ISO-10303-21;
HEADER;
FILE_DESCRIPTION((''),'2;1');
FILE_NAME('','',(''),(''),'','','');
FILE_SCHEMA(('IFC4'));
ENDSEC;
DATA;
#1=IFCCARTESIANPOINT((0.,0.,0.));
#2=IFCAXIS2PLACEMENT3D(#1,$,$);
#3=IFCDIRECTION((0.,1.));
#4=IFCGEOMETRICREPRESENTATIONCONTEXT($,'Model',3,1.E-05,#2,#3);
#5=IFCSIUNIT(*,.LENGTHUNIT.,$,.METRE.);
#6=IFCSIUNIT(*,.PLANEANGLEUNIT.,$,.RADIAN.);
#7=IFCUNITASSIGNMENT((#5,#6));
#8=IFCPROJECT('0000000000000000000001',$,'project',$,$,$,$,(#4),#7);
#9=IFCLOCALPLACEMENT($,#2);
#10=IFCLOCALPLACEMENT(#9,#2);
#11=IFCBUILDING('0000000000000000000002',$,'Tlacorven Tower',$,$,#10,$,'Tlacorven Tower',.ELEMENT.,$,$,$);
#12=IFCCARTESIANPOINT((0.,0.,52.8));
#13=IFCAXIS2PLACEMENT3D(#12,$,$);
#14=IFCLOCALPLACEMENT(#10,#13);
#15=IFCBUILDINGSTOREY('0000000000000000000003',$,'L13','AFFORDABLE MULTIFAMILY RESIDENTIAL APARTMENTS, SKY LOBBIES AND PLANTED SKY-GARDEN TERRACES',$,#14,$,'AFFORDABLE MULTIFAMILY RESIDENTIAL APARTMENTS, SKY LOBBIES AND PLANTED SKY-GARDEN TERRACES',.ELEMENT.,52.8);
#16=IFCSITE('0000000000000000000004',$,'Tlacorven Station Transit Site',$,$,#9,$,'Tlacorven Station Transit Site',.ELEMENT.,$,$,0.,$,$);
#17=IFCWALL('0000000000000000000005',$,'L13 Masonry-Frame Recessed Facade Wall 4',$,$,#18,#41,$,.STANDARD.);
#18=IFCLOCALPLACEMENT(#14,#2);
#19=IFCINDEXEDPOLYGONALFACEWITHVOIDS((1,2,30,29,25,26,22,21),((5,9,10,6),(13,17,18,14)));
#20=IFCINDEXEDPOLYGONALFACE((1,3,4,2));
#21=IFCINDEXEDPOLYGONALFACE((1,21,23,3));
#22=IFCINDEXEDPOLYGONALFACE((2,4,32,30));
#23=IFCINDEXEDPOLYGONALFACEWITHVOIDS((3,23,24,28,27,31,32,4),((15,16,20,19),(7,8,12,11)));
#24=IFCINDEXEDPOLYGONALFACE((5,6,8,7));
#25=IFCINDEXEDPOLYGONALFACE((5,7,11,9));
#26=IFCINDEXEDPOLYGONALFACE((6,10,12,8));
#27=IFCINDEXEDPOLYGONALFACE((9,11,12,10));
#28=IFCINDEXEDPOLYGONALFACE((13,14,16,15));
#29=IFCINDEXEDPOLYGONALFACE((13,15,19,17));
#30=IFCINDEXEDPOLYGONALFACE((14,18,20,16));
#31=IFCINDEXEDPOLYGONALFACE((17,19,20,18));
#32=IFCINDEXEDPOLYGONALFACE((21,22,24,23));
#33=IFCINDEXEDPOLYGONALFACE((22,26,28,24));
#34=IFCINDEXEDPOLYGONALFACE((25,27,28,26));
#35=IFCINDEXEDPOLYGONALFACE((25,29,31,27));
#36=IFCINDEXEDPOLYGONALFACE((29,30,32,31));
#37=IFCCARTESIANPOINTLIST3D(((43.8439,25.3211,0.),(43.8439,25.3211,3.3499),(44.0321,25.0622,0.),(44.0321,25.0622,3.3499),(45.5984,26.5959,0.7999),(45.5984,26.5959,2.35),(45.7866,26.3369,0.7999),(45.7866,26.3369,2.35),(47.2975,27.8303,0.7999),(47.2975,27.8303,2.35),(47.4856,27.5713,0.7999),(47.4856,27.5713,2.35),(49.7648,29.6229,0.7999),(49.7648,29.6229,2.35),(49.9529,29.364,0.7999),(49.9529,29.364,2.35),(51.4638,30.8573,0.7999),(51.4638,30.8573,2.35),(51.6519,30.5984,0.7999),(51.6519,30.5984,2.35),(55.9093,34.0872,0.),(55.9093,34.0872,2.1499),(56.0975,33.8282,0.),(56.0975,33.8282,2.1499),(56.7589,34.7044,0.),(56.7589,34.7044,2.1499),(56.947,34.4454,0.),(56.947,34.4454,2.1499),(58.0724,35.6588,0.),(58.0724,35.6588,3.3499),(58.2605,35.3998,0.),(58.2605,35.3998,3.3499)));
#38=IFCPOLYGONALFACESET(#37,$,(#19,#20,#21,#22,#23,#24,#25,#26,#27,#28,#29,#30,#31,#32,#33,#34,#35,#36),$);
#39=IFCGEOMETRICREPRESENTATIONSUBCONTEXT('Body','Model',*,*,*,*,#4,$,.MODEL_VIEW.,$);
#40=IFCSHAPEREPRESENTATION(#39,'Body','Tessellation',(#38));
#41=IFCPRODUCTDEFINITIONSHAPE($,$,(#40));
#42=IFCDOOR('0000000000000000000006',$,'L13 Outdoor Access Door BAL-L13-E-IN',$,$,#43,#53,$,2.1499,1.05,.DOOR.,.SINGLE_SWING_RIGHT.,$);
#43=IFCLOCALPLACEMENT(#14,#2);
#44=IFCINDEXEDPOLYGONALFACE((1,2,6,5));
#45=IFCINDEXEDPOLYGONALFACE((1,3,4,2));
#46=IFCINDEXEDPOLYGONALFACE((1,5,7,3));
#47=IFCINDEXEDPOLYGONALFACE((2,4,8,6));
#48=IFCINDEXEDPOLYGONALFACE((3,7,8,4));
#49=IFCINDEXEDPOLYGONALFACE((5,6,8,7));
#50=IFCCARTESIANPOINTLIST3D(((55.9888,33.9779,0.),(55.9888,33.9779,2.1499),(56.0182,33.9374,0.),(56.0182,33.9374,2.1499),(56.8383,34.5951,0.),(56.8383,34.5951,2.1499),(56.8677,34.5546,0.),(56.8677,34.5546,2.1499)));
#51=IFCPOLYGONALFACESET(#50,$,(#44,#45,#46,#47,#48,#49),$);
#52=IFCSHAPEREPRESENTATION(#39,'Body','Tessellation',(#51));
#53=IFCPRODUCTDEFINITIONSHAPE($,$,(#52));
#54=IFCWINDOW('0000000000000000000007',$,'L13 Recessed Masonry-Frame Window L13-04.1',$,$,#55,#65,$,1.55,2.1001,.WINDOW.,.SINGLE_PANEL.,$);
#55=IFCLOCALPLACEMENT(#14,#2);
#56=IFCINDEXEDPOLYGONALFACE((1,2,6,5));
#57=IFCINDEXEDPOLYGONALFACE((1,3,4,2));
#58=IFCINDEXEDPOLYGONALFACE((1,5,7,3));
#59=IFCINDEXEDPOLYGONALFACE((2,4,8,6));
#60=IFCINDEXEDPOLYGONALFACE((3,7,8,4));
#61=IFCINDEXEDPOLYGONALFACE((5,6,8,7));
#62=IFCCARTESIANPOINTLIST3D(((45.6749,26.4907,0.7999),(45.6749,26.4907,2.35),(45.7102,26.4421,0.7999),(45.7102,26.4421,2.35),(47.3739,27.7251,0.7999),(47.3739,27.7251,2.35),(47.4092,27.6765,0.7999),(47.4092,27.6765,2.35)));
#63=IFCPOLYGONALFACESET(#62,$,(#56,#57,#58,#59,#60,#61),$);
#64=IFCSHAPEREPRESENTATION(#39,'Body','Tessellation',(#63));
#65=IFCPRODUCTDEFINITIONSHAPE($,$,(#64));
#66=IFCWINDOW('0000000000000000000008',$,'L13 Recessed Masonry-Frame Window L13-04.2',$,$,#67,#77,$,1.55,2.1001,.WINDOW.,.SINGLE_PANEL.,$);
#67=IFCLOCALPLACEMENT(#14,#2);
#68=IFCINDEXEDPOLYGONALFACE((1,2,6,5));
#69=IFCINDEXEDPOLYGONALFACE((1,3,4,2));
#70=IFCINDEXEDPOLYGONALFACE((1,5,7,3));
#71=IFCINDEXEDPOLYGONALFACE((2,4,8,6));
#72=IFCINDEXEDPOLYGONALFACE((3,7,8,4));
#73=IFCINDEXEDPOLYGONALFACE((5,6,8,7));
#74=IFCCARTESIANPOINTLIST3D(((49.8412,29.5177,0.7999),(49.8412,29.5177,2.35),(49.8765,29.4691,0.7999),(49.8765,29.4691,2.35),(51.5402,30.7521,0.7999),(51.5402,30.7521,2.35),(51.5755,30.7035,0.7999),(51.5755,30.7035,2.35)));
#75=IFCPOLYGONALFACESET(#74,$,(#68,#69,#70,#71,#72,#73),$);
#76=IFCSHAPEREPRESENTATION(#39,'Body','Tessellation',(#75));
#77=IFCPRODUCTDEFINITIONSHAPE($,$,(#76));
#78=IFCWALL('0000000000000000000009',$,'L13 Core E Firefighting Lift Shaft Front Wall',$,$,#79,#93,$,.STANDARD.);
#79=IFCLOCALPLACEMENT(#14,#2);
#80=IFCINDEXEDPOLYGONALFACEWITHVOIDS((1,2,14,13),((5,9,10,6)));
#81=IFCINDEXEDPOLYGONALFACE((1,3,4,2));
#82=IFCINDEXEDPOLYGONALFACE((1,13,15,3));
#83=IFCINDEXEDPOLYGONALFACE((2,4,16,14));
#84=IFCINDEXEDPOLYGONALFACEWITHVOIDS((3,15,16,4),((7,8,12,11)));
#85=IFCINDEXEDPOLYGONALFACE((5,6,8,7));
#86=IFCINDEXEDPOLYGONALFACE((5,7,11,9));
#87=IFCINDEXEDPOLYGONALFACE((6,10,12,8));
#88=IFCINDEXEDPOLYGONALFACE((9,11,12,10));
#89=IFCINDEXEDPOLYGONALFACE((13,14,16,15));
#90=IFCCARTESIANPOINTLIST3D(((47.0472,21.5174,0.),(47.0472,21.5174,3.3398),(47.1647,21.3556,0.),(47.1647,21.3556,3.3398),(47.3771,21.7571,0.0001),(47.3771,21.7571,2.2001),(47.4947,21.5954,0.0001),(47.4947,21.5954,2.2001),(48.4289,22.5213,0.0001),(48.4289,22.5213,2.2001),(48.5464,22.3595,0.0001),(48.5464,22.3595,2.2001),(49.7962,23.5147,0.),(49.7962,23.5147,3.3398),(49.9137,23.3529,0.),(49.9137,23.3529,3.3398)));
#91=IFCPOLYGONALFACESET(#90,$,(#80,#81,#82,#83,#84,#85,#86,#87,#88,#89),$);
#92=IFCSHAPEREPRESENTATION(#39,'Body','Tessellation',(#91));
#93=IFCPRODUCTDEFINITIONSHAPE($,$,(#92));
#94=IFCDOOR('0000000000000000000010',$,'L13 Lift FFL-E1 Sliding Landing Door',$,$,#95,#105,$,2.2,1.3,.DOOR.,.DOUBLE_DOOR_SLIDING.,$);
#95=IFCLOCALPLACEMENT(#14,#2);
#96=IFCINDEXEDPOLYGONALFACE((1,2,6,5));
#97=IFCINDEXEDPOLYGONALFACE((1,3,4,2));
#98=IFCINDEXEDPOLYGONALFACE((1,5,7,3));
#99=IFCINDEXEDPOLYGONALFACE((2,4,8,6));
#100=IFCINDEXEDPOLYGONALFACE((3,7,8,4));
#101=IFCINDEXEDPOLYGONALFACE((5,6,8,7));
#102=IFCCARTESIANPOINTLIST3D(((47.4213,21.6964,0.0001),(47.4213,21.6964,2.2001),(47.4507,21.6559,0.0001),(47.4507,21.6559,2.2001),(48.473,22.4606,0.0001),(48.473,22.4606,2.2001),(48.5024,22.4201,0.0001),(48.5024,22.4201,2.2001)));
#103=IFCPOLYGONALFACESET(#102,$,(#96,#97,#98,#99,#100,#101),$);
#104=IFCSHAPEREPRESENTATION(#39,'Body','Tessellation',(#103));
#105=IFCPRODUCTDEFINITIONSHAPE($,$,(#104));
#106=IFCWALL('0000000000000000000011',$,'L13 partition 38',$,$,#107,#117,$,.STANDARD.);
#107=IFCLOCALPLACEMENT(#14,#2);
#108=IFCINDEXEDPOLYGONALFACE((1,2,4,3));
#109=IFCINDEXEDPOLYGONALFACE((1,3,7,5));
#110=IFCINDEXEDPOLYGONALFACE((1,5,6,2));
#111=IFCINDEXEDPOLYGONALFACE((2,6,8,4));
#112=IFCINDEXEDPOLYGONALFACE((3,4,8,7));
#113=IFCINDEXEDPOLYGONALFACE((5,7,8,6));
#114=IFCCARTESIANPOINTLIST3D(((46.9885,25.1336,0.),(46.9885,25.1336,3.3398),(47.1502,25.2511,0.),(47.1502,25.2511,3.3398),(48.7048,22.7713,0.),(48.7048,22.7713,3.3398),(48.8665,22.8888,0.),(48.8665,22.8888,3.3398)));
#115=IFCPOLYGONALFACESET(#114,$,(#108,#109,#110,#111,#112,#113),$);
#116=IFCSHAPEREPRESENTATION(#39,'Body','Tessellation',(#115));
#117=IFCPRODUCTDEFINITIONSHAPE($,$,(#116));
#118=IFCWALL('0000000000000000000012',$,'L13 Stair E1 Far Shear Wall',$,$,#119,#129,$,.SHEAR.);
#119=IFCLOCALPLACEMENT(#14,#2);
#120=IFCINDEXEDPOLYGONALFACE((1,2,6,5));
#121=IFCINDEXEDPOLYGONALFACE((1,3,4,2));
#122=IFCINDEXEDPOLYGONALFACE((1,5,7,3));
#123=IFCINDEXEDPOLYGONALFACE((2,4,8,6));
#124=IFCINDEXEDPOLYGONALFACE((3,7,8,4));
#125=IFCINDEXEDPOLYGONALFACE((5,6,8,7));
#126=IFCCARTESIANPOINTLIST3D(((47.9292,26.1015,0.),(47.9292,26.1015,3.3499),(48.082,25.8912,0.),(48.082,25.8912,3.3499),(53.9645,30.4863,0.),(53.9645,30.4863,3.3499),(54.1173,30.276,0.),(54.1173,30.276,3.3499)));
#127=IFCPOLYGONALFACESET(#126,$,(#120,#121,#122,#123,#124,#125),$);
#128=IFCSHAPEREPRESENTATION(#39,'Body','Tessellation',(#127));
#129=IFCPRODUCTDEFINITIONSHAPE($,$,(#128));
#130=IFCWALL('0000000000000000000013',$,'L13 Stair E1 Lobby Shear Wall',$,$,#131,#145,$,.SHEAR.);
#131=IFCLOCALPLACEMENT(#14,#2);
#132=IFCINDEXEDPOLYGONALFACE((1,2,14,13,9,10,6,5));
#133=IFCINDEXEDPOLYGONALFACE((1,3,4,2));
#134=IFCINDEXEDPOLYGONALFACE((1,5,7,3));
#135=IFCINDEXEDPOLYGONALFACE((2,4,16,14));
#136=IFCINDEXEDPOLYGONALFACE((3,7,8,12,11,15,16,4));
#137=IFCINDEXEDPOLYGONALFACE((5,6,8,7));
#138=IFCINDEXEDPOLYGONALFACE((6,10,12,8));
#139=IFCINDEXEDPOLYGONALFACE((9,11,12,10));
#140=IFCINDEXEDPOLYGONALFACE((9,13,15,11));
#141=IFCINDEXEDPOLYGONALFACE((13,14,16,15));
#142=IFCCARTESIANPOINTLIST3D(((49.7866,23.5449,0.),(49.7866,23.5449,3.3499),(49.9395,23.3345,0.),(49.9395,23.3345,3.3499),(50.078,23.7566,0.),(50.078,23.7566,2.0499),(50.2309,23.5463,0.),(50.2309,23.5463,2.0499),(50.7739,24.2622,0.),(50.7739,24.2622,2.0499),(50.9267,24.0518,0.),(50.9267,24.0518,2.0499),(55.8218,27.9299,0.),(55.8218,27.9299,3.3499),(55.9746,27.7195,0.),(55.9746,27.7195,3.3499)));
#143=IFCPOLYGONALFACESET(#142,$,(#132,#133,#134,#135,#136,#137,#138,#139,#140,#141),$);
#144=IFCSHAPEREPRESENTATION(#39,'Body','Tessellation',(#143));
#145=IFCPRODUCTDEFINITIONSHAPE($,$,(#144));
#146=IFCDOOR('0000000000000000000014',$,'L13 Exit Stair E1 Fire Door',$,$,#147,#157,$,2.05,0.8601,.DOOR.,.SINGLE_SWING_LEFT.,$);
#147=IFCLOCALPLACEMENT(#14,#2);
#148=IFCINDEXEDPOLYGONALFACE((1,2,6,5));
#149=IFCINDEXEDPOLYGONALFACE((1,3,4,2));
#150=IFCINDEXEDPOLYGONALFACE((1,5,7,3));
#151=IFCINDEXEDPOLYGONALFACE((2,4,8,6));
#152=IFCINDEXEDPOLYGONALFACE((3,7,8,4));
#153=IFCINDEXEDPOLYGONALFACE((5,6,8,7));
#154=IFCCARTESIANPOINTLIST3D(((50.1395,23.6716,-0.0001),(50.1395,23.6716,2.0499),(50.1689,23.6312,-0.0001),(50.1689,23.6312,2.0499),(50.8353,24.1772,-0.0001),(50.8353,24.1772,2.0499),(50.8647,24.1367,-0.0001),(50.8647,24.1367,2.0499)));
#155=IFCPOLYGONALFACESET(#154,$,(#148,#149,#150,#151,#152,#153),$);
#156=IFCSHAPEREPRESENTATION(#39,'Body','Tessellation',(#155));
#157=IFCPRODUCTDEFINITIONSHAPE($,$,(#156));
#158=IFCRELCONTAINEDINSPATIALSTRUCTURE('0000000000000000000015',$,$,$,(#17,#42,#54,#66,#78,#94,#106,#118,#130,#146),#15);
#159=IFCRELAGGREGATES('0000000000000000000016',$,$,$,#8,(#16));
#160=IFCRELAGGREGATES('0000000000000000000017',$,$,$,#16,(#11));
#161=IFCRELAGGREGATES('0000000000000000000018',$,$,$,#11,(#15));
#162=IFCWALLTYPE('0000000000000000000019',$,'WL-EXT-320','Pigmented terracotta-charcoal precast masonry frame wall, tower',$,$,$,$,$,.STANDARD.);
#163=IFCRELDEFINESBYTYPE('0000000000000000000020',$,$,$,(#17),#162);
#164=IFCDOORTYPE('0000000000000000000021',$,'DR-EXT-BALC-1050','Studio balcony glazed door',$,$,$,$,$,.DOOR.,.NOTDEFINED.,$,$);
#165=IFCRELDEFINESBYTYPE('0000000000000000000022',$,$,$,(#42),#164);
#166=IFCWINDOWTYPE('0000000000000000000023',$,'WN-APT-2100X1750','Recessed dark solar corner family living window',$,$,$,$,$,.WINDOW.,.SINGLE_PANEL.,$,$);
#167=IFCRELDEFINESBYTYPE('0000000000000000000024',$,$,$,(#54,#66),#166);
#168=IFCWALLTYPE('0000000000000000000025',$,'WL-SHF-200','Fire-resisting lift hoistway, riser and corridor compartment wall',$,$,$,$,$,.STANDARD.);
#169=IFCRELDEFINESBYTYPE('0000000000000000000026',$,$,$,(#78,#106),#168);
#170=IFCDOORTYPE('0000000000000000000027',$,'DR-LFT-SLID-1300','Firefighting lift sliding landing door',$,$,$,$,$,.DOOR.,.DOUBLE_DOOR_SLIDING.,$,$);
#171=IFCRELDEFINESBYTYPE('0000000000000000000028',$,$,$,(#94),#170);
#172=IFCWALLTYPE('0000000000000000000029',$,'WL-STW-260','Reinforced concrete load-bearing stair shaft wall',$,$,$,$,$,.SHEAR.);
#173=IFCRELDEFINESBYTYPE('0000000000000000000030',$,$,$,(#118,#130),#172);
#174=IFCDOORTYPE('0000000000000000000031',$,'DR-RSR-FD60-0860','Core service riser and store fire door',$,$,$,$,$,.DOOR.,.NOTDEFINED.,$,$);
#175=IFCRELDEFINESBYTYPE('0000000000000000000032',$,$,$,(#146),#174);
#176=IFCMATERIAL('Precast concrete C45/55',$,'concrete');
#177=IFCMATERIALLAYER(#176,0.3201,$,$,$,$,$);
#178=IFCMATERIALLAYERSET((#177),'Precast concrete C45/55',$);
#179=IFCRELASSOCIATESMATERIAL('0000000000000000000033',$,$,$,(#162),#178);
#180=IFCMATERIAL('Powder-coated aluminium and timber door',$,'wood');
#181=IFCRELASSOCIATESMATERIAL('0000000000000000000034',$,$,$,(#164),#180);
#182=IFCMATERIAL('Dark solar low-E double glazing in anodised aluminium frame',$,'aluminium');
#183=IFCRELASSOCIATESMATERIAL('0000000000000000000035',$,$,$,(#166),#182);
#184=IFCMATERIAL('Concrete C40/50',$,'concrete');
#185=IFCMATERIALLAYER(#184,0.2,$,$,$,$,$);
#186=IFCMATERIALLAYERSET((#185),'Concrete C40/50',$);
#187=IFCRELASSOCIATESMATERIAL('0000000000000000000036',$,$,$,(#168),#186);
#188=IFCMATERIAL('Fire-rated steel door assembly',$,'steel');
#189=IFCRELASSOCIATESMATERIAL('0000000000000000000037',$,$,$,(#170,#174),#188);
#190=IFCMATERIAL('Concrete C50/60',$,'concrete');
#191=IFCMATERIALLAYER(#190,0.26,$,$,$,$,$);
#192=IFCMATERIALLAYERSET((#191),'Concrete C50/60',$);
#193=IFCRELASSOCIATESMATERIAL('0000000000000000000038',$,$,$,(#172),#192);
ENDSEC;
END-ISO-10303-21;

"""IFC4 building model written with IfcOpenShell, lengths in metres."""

from ifc_helpers import new_model, si_unit, direction, frame, frame_2d, origin, place, context, subcontext, project, spatial, rectangle, extrude, source, transform, mapped, material, layer, layer_set, type_object, element, fill, save


model = new_model("IFC4")

# Units and contexts
model_context = context("Model", 3, precision=1e-05, world=origin(), true_north=direction((0.0, 1.0)))
body_context = subcontext(model_context, "Body", "Model", "MODEL_VIEW")
ifc_project = project(units=[si_unit("LENGTHUNIT", "METRE"), si_unit("PLANEANGLEUNIT", "RADIAN")], contexts=[model_context])

# Site, building, storey
site_placement = place(None, origin())
site = spatial("IfcSite", under=ifc_project, at=site_placement, Name="Tlacorven Station Transit Site", LongName="Tlacorven Station Transit Site", CompositionType="ELEMENT", RefElevation=0.0)
building_placement = place(site_placement, origin())
building = spatial("IfcBuilding", under=site, at=building_placement, Name="Tlacorven Tower", LongName="Tlacorven Tower", CompositionType="ELEMENT")
storey_placement = place(building_placement, frame((0.0, 0.0, 52.8)))
storey = spatial("IfcBuildingStorey", under=building, at=storey_placement, Name="L13", Description="AFFORDABLE MULTIFAMILY RESIDENTIAL APARTMENTS, SKY LOBBIES AND PLANTED SKY-GARDEN TERRACES", LongName="AFFORDABLE MULTIFAMILY RESIDENTIAL APARTMENTS, SKY LOBBIES AND PLANTED SKY-GARDEN TERRACES", CompositionType="ELEMENT", Elevation=52.8)

# Wall, openings, door, windows
ifc_material_1 = material(Name="Precast concrete C45/55", Category="concrete")
ifc_layer_1 = layer(ifc_material_1, 0.3201)
ifc_layer_set_1 = layer_set([ifc_layer_1], Name="Precast concrete C45/55")
wall_type_1 = type_object("IfcWallType", Name="WL-EXT-320", Description="Pigmented terracotta-charcoal precast masonry frame wall, tower", PredefinedType="STANDARD", material=ifc_layer_set_1)
wall_1_placement = place(storey_placement, frame((43.938, 25.1917, 0.0), z_axis=(0.0, 0.0, 1.0), x_axis=(0.809016, 0.587786, 0.0)))
wall_1 = element("IfcWall", 1, at=wall_1_placement, inside=storey, type_object=wall_type_1, Name="L13 Masonry-Frame Recessed Facade Wall 4", PredefinedType="STANDARD", context=body_context, shape_type="SweptSolid", body=[
    extrude(rectangle(XDim=17.5874, YDim=0.3201, at=frame_2d((8.7937, 0.0))), origin(), (0.0, 0.0, 1.0), 3.3499),
])
opening_1_placement = place(wall_1_placement, frame((14.9138, 0.0, 0.0)))
opening_1 = element("IfcOpeningElement", 2, at=opening_1_placement, cuts=wall_1, PredefinedType="OPENING", context=body_context, shape_type="SweptSolid", body=[
    extrude(rectangle(XDim=1.05, YDim=2.1499, at=frame_2d((0.5249, 1.075))), frame((0.0, 0.1699, 0.0), z_axis=(0.0, -1.0, 0.0), x_axis=(1.0, 0.0, 0.0)), (0.0, 0.0, 1.0), 0.3401),
])
opening_2_placement = place(wall_1_placement, frame((2.1687, 0.0, 0.8)))
opening_2 = element("IfcOpeningElement", 3, at=opening_2_placement, cuts=wall_1, PredefinedType="OPENING", context=body_context, shape_type="SweptSolid", body=[
    extrude(rectangle(XDim=2.1001, YDim=1.55, at=frame_2d((1.05, 0.7749))), frame((0.0, 0.1699, 0.0), z_axis=(0.0, -1.0, 0.0), x_axis=(1.0, 0.0, 0.0)), (0.0, 0.0, 1.0), 0.3401),
])
opening_3_placement = place(wall_1_placement, frame((7.3186, 0.0, 0.8)))
opening_3 = element("IfcOpeningElement", 4, at=opening_3_placement, cuts=wall_1, PredefinedType="OPENING", context=body_context, shape_type="SweptSolid", body=[
    extrude(rectangle(XDim=2.1001, YDim=1.55, at=frame_2d((1.05, 0.7749))), frame((0.0, 0.1699, 0.0), z_axis=(0.0, -1.0, 0.0), x_axis=(1.0, 0.0, 0.0)), (0.0, 0.0, 1.0), 0.3401),
])
ifc_material_2 = material(Name="Powder-coated aluminium and timber door", Category="wood")
door_type_1 = type_object("IfcDoorType", Name="DR-EXT-BALC-1050", Description="Studio balcony glazed door", OperationType="NOTDEFINED", PredefinedType="DOOR", material=ifc_material_2)
shared_shape_1 = source(origin(), body_context, "Body", "SweptSolid", [
    extrude(rectangle(XDim=1.05, YDim=2.1499, at=frame_2d((0.5249, 1.075))), frame((0.0, 0.0249, 0.0), z_axis=(0.0, -1.0, 0.0), x_axis=(1.0, 0.0, 0.0)), (0.0, 0.0, 1.0), 0.05),
])
door_1_placement = place(opening_1_placement, origin())
door_1 = element("IfcDoor", 5, at=door_1_placement, inside=storey, type_object=door_type_1, Name="L13 Outdoor Access Door BAL-L13-E-IN", OperationType="SINGLE_SWING_RIGHT", OverallHeight=2.1499, OverallWidth=1.05, PredefinedType="DOOR", context=body_context, shape_type="MappedRepresentation", body=[
    mapped(shared_shape_1, transform((0.0, 0.0, 0.0), scale=1.0)),
])
fill(opening_1, door_1)
ifc_material_3 = material(Name="Dark solar low-E double glazing in anodised aluminium frame", Category="aluminium")
window_type = type_object("IfcWindowType", Name="WN-APT-2100X1750", Description="Recessed dark solar corner family living window", PartitioningType="SINGLE_PANEL", PredefinedType="WINDOW", material=ifc_material_3)
shared_shape_2 = source(origin(), body_context, "Body", "SweptSolid", [
    extrude(rectangle(XDim=2.1001, YDim=1.55, at=frame_2d((1.05, 0.7749))), frame((0.0, 0.03, 0.0), z_axis=(0.0, -1.0, 0.0), x_axis=(1.0, 0.0, 0.0)), (0.0, 0.0, 1.0), 0.0601),
])
window_1_placement = place(opening_2_placement, origin())
window_1 = element("IfcWindow", 6, at=window_1_placement, inside=storey, type_object=window_type, Name="L13 Recessed Masonry-Frame Window L13-04.1", OverallHeight=1.55, OverallWidth=2.1001, PartitioningType="SINGLE_PANEL", PredefinedType="WINDOW", context=body_context, shape_type="MappedRepresentation", body=[
    mapped(shared_shape_2, transform((0.0, 0.0, 0.0), scale=1.0)),
])
fill(opening_2, window_1)
window_2_placement = place(opening_3_placement, origin())
window_2 = element("IfcWindow", 7, at=window_2_placement, inside=storey, type_object=window_type, Name="L13 Recessed Masonry-Frame Window L13-04.2", OverallHeight=1.55, OverallWidth=2.1001, PartitioningType="SINGLE_PANEL", PredefinedType="WINDOW", context=body_context, shape_type="MappedRepresentation", body=[
    mapped(shared_shape_2, transform((0.0, 0.0, 0.0), scale=1.0)),
])
fill(opening_3, window_2)

# Wall, opening, door
ifc_material_4 = material(Name="Concrete C40/50", Category="concrete")
ifc_layer_2 = layer(ifc_material_4, 0.2)
ifc_layer_set_2 = layer_set([ifc_layer_2], Name="Concrete C40/50")
wall_type_2 = type_object("IfcWallType", Name="WL-SHF-200", Description="Fire-resisting lift hoistway, riser and corridor compartment wall", PredefinedType="STANDARD", material=ifc_layer_set_2)
wall_2_placement = place(storey_placement, frame((47.106, 21.4365, 0.0), z_axis=(0.0, 0.0, 1.0), x_axis=(0.809013, 0.587791, 0.0)))
wall_2 = element("IfcWall", 8, at=wall_2_placement, inside=storey, type_object=wall_type_2, Name="L13 Core E Firefighting Lift Shaft Front Wall", PredefinedType="STANDARD", context=body_context, shape_type="SweptSolid", body=[
    extrude(rectangle(XDim=3.3979, YDim=0.2, at=frame_2d((1.699, 0.0))), origin(), (0.0, 0.0, 1.0), 3.3398),
])
opening_4_placement = place(wall_2_placement, frame((0.408, 0.0, 0.0)))
opening_4 = element("IfcOpeningElement", 9, at=opening_4_placement, cuts=wall_2, PredefinedType="OPENING", context=body_context, shape_type="SweptSolid", body=[
    extrude(rectangle(XDim=1.3, YDim=2.2, at=frame_2d((0.6499, 1.1001))), frame((0.0, 0.1099, 0.0), z_axis=(0.0, -1.0, 0.0), x_axis=(1.0, 0.0, 0.0)), (0.0, 0.0, 1.0), 0.22),
])
ifc_material_5 = material(Name="Fire-rated steel door assembly", Category="steel")
door_type_2 = type_object("IfcDoorType", Name="DR-LFT-SLID-1300", Description="Firefighting lift sliding landing door", OperationType="DOUBLE_DOOR_SLIDING", PredefinedType="DOOR", material=ifc_material_5)
shared_shape_3 = source(origin(), body_context, "Body", "SweptSolid", [
    extrude(rectangle(XDim=1.3, YDim=2.2, at=frame_2d((0.6499, 1.1001))), frame((0.0, 0.0249, 0.0), z_axis=(0.0, -1.0, 0.0), x_axis=(1.0, 0.0, 0.0)), (0.0, 0.0, 1.0), 0.05),
])
door_2_placement = place(opening_4_placement, origin())
door_2 = element("IfcDoor", 10, at=door_2_placement, inside=storey, type_object=door_type_2, Name="L13 Lift FFL-E1 Sliding Landing Door", OperationType="DOUBLE_DOOR_SLIDING", OverallHeight=2.2, OverallWidth=1.3, PredefinedType="DOOR", context=body_context, shape_type="MappedRepresentation", body=[
    mapped(shared_shape_3, transform((0.0, 0.0, 0.0), scale=1.0)),
])
fill(opening_4, door_2)

# Walls
wall_3_placement = place(storey_placement, frame((48.7856, 22.8301, 0.0), z_axis=(0.0, 0.0, 1.0), x_axis=(-0.587784, 0.809018, 0.0)))
element("IfcWall", 11, at=wall_3_placement, inside=storey, type_object=wall_type_2, Name="L13 partition 38", PredefinedType="STANDARD", context=body_context, shape_type="SweptSolid", body=[
    extrude(rectangle(XDim=2.9199, YDim=0.2, at=frame_2d((1.46, 0.0))), origin(), (0.0, 0.0, 1.0), 3.3398),
])
ifc_material_6 = material(Name="Concrete C50/60", Category="concrete")
ifc_layer_3 = layer(ifc_material_6, 0.26)
ifc_layer_set_3 = layer_set([ifc_layer_3], Name="Concrete C50/60")
wall_type_3 = type_object("IfcWallType", Name="WL-STW-260", Description="Reinforced concrete load-bearing stair shaft wall", PredefinedType="SHEAR", material=ifc_layer_set_3)
wall_4_placement = place(storey_placement, frame((48.0056, 25.9963, 0.0), z_axis=(0.0, 0.0, 1.0), x_axis=(0.809019, 0.587782, 0.0)))
element("IfcWall", 12, at=wall_4_placement, inside=storey, type_object=wall_type_3, Name="L13 Stair E1 Far Shear Wall", PredefinedType="SHEAR", context=body_context, shape_type="SweptSolid", body=[
    extrude(rectangle(XDim=7.46, YDim=0.26, at=frame_2d((3.73, 0.0))), origin(), (0.0, 0.0, 1.0), 3.3499),
])

# Wall, opening, door
wall_5_placement = place(storey_placement, frame((49.863, 23.4397, 0.0), z_axis=(0.0, 0.0, 1.0), x_axis=(0.809003, 0.587804, 0.0)))
wall_5 = element("IfcWall", 13, at=wall_5_placement, inside=storey, type_object=wall_type_3, Name="L13 Stair E1 Lobby Shear Wall", PredefinedType="SHEAR", context=body_context, shape_type="SweptSolid", body=[
    extrude(rectangle(XDim=7.46, YDim=0.26, at=frame_2d((3.73, 0.0))), origin(), (0.0, 0.0, 1.0), 3.3499),
])
opening_5_placement = place(wall_5_placement, frame((0.3601, 0.0, 0.0)))
opening_5 = element("IfcOpeningElement", 14, at=opening_5_placement, cuts=wall_5, PredefinedType="OPENING", context=body_context, shape_type="SweptSolid", body=[
    extrude(rectangle(XDim=0.8601, YDim=2.05, at=frame_2d((0.4302, 1.0249))), frame((0.0, 0.1401, 0.0), z_axis=(0.0, -1.0, 0.0), x_axis=(1.0, 0.0, 0.0)), (0.0, 0.0, 1.0), 0.28),
])
door_type_3 = type_object("IfcDoorType", Name="DR-RSR-FD60-0860", Description="Core service riser and store fire door", OperationType="NOTDEFINED", PredefinedType="DOOR", material=ifc_material_5)
shared_shape_4 = source(origin(), body_context, "Body", "SweptSolid", [
    extrude(rectangle(XDim=0.8601, YDim=2.05, at=frame_2d((0.4302, 1.0249))), frame((0.0, 0.0249, 0.0), z_axis=(0.0, -1.0, 0.0), x_axis=(1.0, 0.0, 0.0)), (0.0, 0.0, 1.0), 0.05),
])
door_3_placement = place(opening_5_placement, frame((0.8601, 0.0, 0.0), z_axis=(0.0, 0.0, 1.0), x_axis=(-1.0, 0.0, 0.0)))
door_3 = element("IfcDoor", 15, at=door_3_placement, inside=storey, type_object=door_type_3, Name="L13 Exit Stair E1 Fire Door", OperationType="SINGLE_SWING_LEFT", OverallHeight=2.05, OverallWidth=0.8601, PredefinedType="DOOR", context=body_context, shape_type="MappedRepresentation", body=[
    mapped(shared_shape_4, transform((0.0, 0.0, 0.0), scale=1.0)),
])
fill(opening_5, door_3)

save(model, "model.ifc")
